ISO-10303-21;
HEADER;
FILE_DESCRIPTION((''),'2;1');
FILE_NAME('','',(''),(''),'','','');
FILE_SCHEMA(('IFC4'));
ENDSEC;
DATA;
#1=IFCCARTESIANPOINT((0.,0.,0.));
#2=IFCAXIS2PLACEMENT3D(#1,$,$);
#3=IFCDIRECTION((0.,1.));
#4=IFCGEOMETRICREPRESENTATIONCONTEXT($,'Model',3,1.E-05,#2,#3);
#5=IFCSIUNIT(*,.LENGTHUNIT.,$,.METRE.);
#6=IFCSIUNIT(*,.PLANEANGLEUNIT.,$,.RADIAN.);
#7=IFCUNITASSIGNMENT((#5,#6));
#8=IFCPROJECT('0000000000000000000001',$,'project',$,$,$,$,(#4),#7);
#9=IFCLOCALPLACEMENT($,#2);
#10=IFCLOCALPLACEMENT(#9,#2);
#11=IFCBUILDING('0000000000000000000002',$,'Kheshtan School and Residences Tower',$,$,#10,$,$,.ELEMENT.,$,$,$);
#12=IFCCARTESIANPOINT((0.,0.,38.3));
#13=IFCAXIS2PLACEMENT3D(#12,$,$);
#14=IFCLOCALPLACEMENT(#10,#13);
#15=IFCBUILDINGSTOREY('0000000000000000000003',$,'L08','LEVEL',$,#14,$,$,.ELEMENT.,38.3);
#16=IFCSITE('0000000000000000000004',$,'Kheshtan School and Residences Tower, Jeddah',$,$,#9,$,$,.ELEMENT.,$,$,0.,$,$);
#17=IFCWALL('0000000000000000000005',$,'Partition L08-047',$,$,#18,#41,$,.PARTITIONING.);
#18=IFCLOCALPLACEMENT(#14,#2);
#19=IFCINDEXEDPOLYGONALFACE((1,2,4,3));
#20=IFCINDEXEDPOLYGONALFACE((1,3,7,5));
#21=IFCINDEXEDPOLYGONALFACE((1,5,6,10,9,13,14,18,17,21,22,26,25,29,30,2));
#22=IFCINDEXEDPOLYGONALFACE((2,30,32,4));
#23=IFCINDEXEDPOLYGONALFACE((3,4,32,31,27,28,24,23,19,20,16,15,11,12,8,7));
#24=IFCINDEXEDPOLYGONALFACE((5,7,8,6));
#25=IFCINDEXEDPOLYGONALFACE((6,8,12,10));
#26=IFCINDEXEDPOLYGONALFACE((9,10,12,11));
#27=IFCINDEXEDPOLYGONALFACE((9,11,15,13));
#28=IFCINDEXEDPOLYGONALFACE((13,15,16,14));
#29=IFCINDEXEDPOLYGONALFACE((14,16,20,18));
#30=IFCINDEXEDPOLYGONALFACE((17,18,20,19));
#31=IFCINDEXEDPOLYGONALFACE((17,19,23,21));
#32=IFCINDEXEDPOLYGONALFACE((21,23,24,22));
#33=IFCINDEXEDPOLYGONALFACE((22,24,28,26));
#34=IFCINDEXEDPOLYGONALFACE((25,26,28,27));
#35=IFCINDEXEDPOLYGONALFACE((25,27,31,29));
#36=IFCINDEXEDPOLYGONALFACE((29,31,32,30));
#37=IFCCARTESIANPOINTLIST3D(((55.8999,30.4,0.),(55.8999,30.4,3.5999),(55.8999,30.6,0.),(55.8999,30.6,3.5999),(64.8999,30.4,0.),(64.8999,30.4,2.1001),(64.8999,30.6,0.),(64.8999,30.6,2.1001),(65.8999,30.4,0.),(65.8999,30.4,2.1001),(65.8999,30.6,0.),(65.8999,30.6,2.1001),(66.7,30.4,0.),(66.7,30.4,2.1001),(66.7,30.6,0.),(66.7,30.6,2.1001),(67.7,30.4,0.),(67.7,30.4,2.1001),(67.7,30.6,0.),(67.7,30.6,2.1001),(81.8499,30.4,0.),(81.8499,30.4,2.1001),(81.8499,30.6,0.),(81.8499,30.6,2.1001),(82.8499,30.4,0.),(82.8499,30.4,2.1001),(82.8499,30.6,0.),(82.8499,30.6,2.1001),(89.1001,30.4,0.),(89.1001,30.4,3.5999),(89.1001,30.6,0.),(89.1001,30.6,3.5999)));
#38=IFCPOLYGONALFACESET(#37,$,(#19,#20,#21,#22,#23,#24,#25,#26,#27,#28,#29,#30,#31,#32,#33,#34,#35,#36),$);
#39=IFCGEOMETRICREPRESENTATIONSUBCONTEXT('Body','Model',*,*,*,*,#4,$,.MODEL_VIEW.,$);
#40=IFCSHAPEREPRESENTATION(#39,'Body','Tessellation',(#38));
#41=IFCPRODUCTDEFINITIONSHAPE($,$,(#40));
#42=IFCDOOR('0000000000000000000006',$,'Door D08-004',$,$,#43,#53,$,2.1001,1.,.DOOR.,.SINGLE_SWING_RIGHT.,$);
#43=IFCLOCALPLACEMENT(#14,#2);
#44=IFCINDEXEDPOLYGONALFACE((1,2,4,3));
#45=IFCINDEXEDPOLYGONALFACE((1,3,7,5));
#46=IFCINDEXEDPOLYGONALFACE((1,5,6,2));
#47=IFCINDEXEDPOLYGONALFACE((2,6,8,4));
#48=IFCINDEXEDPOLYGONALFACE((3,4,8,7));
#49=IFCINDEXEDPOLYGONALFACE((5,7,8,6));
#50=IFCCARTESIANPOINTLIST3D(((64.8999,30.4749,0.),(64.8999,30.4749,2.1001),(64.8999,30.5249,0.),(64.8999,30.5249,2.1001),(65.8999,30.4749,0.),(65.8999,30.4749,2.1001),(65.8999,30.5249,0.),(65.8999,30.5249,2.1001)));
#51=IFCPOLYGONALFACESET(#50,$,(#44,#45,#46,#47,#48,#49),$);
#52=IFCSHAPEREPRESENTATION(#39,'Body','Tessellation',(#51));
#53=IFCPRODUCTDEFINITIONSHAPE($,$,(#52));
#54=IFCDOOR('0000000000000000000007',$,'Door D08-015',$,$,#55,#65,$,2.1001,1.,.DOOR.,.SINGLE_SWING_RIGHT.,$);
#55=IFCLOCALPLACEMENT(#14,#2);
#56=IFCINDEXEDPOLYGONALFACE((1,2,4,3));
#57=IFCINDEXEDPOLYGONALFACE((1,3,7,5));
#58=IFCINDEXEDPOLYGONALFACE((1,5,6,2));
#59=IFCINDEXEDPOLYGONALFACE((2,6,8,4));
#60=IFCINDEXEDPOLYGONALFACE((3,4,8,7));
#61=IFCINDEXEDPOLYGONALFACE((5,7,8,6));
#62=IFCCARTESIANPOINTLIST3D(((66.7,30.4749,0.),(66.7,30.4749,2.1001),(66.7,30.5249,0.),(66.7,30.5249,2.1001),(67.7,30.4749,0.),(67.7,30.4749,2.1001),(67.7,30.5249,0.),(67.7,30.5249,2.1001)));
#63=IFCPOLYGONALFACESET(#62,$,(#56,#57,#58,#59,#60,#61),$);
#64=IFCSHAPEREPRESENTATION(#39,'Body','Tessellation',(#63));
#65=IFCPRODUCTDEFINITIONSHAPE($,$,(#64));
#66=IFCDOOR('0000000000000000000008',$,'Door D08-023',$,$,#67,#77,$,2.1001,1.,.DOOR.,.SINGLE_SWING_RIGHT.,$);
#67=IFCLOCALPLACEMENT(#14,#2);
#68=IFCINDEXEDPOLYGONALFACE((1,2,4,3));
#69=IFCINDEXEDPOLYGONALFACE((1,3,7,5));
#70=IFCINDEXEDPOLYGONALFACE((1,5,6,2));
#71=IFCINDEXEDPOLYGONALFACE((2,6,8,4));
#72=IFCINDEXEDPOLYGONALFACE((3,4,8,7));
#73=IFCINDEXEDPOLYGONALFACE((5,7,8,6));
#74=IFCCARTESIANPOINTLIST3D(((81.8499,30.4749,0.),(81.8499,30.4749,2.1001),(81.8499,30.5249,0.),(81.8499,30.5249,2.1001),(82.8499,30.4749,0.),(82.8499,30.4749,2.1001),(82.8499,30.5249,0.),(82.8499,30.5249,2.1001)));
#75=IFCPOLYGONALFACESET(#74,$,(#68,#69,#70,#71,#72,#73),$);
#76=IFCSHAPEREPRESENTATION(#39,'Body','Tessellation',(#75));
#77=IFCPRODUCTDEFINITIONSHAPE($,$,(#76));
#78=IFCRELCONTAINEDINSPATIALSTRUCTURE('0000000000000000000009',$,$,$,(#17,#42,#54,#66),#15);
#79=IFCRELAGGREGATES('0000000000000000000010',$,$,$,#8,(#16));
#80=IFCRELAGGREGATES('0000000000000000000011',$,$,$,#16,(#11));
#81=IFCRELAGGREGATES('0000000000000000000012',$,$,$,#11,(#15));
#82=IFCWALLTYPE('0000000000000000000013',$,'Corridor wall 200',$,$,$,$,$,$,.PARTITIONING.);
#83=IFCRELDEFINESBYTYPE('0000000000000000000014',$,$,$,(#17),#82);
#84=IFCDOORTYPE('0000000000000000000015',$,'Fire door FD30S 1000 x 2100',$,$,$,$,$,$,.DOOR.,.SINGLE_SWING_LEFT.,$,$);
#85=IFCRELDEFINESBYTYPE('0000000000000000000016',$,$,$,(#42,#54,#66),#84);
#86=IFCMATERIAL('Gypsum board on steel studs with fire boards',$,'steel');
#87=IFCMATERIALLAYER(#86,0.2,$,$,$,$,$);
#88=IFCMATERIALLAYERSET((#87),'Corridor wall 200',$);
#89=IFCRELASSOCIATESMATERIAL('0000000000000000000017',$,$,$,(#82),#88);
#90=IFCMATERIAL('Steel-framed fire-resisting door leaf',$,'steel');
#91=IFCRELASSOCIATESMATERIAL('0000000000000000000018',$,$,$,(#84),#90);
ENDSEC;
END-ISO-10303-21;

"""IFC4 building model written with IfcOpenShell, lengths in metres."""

from ifc_helpers import new_model, si_unit, direction, frame, frame_2d, origin, place, context, subcontext, project, spatial, rectangle, extrude, source, transform, mapped, material, layer, layer_set, type_object, element, fill, save


model = new_model("IFC4")

# Units and contexts
model_context = context("Model", 3, precision=1e-05, world=origin(), true_north=direction((0.0, 1.0)))
body_context = subcontext(model_context, "Body", "Model", "MODEL_VIEW")
ifc_project = project(units=[si_unit("LENGTHUNIT", "METRE"), si_unit("PLANEANGLEUNIT", "RADIAN")], contexts=[model_context])

# Site, building, storey
site_placement = place(None, origin())
site = spatial("IfcSite", under=ifc_project, at=site_placement, Name="Kheshtan School and Residences Tower, Jeddah", CompositionType="ELEMENT", RefElevation=0.0)
building_placement = place(site_placement, origin())
building = spatial("IfcBuilding", under=site, at=building_placement, Name="Kheshtan School and Residences Tower", CompositionType="ELEMENT")
storey_placement = place(building_placement, frame((0.0, 0.0, 38.3)))
storey = spatial("IfcBuildingStorey", under=building, at=storey_placement, Name="L08", Description="LEVEL", CompositionType="ELEMENT", Elevation=38.3)

# Wall, openings, doors
ifc_material_1 = material(Name="Gypsum board on steel studs with fire boards", Category="steel")
ifc_layer_1 = layer(ifc_material_1, 0.2)
ifc_layer_set_1 = layer_set([ifc_layer_1], Name="Corridor wall 200")
wall_type_1 = type_object("IfcWallType", Name="Corridor wall 200", PredefinedType="PARTITIONING", material=ifc_layer_set_1)
wall_1_placement = place(storey_placement, frame((55.8999, 30.5, 0.0), z_axis=(0.0, 0.0, 1.0), x_axis=(1.0, 0.0, 0.0)))
wall_1 = element("IfcWall", 1, at=wall_1_placement, inside=storey, type_object=wall_type_1, Name="Partition L08-047", PredefinedType="PARTITIONING", context=body_context, shape_type="SweptSolid", body=[
    extrude(rectangle(XDim=33.2002, YDim=0.2, at=frame_2d((16.6001, 0.0))), origin(), (0.0, 0.0, 1.0), 3.5999),
])
opening_1_placement = place(wall_1_placement, frame((9.0, 0.0, 0.0)))
opening_1 = element("IfcOpeningElement", 2, at=opening_1_placement, cuts=wall_1, PredefinedType="OPENING", context=body_context, shape_type="SweptSolid", body=[
    extrude(rectangle(XDim=1.0, YDim=2.1001, at=frame_2d((0.5, 1.05))), frame((0.0, 0.1099, 0.0), z_axis=(0.0, -1.0, 0.0), x_axis=(1.0, 0.0, 0.0)), (0.0, 0.0, 1.0), 0.22),
])
opening_2_placement = place(wall_1_placement, frame((10.8, 0.0, 0.0)))
opening_2 = element("IfcOpeningElement", 3, at=opening_2_placement, cuts=wall_1, PredefinedType="OPENING", context=body_context, shape_type="SweptSolid", body=[
    extrude(rectangle(XDim=1.0, YDim=2.1001, at=frame_2d((0.5, 1.05))), frame((0.0, 0.1099, 0.0), z_axis=(0.0, -1.0, 0.0), x_axis=(1.0, 0.0, 0.0)), (0.0, 0.0, 1.0), 0.22),
])
opening_3_placement = place(wall_1_placement, frame((25.95, 0.0, 0.0)))
opening_3 = element("IfcOpeningElement", 4, at=opening_3_placement, cuts=wall_1, PredefinedType="OPENING", context=body_context, shape_type="SweptSolid", body=[
    extrude(rectangle(XDim=1.0, YDim=2.1001, at=frame_2d((0.5, 1.05))), frame((0.0, 0.1099, 0.0), z_axis=(0.0, -1.0, 0.0), x_axis=(1.0, 0.0, 0.0)), (0.0, 0.0, 1.0), 0.22),
])
ifc_material_2 = material(Name="Steel-framed fire-resisting door leaf", Category="steel")
door_type_1 = type_object("IfcDoorType", Name="Fire door FD30S 1000 x 2100", OperationType="SINGLE_SWING_LEFT", PredefinedType="DOOR", material=ifc_material_2)
shared_shape_1 = source(origin(), body_context, "Body", "SweptSolid", [
    extrude(rectangle(XDim=1.0, YDim=2.1001, at=frame_2d((0.5, 1.05))), frame((0.0, 0.0249, 0.0), z_axis=(0.0, -1.0, 0.0), x_axis=(1.0, 0.0, 0.0)), (0.0, 0.0, 1.0), 0.05),
])
door_1_placement = place(opening_1_placement, origin())
door_1 = element("IfcDoor", 5, at=door_1_placement, inside=storey, type_object=door_type_1, Name="Door D08-004", OperationType="SINGLE_SWING_RIGHT", OverallHeight=2.1001, OverallWidth=1.0, PredefinedType="DOOR", context=body_context, shape_type="MappedRepresentation", body=[
    mapped(shared_shape_1, transform((0.0, 0.0, 0.0), x_axis=(1.0, 0.0, 0.0), y_axis=(0.0, 1.0, 0.0), z_axis=(0.0, 0.0, 1.0), scale=1.0)),
])
fill(opening_1, door_1)
door_2_placement = place(opening_2_placement, origin())
door_2 = element("IfcDoor", 6, at=door_2_placement, inside=storey, type_object=door_type_1, Name="Door D08-015", OperationType="SINGLE_SWING_RIGHT", OverallHeight=2.1001, OverallWidth=1.0, PredefinedType="DOOR", context=body_context, shape_type="MappedRepresentation", body=[
    mapped(shared_shape_1, transform((0.0, 0.0, 0.0), x_axis=(1.0, 0.0, 0.0), y_axis=(0.0, 1.0, 0.0), z_axis=(0.0, 0.0, 1.0), scale=1.0)),
])
fill(opening_2, door_2)
door_3_placement = place(opening_3_placement, origin())
door_3 = element("IfcDoor", 7, at=door_3_placement, inside=storey, type_object=door_type_1, Name="Door D08-023", OperationType="SINGLE_SWING_RIGHT", OverallHeight=2.1001, OverallWidth=1.0, PredefinedType="DOOR", context=body_context, shape_type="MappedRepresentation", body=[
    mapped(shared_shape_1, transform((0.0, 0.0, 0.0), x_axis=(1.0, 0.0, 0.0), y_axis=(0.0, 1.0, 0.0), z_axis=(0.0, 0.0, 1.0), scale=1.0)),
])
fill(opening_3, door_3)

save(model, "model.ifc")
